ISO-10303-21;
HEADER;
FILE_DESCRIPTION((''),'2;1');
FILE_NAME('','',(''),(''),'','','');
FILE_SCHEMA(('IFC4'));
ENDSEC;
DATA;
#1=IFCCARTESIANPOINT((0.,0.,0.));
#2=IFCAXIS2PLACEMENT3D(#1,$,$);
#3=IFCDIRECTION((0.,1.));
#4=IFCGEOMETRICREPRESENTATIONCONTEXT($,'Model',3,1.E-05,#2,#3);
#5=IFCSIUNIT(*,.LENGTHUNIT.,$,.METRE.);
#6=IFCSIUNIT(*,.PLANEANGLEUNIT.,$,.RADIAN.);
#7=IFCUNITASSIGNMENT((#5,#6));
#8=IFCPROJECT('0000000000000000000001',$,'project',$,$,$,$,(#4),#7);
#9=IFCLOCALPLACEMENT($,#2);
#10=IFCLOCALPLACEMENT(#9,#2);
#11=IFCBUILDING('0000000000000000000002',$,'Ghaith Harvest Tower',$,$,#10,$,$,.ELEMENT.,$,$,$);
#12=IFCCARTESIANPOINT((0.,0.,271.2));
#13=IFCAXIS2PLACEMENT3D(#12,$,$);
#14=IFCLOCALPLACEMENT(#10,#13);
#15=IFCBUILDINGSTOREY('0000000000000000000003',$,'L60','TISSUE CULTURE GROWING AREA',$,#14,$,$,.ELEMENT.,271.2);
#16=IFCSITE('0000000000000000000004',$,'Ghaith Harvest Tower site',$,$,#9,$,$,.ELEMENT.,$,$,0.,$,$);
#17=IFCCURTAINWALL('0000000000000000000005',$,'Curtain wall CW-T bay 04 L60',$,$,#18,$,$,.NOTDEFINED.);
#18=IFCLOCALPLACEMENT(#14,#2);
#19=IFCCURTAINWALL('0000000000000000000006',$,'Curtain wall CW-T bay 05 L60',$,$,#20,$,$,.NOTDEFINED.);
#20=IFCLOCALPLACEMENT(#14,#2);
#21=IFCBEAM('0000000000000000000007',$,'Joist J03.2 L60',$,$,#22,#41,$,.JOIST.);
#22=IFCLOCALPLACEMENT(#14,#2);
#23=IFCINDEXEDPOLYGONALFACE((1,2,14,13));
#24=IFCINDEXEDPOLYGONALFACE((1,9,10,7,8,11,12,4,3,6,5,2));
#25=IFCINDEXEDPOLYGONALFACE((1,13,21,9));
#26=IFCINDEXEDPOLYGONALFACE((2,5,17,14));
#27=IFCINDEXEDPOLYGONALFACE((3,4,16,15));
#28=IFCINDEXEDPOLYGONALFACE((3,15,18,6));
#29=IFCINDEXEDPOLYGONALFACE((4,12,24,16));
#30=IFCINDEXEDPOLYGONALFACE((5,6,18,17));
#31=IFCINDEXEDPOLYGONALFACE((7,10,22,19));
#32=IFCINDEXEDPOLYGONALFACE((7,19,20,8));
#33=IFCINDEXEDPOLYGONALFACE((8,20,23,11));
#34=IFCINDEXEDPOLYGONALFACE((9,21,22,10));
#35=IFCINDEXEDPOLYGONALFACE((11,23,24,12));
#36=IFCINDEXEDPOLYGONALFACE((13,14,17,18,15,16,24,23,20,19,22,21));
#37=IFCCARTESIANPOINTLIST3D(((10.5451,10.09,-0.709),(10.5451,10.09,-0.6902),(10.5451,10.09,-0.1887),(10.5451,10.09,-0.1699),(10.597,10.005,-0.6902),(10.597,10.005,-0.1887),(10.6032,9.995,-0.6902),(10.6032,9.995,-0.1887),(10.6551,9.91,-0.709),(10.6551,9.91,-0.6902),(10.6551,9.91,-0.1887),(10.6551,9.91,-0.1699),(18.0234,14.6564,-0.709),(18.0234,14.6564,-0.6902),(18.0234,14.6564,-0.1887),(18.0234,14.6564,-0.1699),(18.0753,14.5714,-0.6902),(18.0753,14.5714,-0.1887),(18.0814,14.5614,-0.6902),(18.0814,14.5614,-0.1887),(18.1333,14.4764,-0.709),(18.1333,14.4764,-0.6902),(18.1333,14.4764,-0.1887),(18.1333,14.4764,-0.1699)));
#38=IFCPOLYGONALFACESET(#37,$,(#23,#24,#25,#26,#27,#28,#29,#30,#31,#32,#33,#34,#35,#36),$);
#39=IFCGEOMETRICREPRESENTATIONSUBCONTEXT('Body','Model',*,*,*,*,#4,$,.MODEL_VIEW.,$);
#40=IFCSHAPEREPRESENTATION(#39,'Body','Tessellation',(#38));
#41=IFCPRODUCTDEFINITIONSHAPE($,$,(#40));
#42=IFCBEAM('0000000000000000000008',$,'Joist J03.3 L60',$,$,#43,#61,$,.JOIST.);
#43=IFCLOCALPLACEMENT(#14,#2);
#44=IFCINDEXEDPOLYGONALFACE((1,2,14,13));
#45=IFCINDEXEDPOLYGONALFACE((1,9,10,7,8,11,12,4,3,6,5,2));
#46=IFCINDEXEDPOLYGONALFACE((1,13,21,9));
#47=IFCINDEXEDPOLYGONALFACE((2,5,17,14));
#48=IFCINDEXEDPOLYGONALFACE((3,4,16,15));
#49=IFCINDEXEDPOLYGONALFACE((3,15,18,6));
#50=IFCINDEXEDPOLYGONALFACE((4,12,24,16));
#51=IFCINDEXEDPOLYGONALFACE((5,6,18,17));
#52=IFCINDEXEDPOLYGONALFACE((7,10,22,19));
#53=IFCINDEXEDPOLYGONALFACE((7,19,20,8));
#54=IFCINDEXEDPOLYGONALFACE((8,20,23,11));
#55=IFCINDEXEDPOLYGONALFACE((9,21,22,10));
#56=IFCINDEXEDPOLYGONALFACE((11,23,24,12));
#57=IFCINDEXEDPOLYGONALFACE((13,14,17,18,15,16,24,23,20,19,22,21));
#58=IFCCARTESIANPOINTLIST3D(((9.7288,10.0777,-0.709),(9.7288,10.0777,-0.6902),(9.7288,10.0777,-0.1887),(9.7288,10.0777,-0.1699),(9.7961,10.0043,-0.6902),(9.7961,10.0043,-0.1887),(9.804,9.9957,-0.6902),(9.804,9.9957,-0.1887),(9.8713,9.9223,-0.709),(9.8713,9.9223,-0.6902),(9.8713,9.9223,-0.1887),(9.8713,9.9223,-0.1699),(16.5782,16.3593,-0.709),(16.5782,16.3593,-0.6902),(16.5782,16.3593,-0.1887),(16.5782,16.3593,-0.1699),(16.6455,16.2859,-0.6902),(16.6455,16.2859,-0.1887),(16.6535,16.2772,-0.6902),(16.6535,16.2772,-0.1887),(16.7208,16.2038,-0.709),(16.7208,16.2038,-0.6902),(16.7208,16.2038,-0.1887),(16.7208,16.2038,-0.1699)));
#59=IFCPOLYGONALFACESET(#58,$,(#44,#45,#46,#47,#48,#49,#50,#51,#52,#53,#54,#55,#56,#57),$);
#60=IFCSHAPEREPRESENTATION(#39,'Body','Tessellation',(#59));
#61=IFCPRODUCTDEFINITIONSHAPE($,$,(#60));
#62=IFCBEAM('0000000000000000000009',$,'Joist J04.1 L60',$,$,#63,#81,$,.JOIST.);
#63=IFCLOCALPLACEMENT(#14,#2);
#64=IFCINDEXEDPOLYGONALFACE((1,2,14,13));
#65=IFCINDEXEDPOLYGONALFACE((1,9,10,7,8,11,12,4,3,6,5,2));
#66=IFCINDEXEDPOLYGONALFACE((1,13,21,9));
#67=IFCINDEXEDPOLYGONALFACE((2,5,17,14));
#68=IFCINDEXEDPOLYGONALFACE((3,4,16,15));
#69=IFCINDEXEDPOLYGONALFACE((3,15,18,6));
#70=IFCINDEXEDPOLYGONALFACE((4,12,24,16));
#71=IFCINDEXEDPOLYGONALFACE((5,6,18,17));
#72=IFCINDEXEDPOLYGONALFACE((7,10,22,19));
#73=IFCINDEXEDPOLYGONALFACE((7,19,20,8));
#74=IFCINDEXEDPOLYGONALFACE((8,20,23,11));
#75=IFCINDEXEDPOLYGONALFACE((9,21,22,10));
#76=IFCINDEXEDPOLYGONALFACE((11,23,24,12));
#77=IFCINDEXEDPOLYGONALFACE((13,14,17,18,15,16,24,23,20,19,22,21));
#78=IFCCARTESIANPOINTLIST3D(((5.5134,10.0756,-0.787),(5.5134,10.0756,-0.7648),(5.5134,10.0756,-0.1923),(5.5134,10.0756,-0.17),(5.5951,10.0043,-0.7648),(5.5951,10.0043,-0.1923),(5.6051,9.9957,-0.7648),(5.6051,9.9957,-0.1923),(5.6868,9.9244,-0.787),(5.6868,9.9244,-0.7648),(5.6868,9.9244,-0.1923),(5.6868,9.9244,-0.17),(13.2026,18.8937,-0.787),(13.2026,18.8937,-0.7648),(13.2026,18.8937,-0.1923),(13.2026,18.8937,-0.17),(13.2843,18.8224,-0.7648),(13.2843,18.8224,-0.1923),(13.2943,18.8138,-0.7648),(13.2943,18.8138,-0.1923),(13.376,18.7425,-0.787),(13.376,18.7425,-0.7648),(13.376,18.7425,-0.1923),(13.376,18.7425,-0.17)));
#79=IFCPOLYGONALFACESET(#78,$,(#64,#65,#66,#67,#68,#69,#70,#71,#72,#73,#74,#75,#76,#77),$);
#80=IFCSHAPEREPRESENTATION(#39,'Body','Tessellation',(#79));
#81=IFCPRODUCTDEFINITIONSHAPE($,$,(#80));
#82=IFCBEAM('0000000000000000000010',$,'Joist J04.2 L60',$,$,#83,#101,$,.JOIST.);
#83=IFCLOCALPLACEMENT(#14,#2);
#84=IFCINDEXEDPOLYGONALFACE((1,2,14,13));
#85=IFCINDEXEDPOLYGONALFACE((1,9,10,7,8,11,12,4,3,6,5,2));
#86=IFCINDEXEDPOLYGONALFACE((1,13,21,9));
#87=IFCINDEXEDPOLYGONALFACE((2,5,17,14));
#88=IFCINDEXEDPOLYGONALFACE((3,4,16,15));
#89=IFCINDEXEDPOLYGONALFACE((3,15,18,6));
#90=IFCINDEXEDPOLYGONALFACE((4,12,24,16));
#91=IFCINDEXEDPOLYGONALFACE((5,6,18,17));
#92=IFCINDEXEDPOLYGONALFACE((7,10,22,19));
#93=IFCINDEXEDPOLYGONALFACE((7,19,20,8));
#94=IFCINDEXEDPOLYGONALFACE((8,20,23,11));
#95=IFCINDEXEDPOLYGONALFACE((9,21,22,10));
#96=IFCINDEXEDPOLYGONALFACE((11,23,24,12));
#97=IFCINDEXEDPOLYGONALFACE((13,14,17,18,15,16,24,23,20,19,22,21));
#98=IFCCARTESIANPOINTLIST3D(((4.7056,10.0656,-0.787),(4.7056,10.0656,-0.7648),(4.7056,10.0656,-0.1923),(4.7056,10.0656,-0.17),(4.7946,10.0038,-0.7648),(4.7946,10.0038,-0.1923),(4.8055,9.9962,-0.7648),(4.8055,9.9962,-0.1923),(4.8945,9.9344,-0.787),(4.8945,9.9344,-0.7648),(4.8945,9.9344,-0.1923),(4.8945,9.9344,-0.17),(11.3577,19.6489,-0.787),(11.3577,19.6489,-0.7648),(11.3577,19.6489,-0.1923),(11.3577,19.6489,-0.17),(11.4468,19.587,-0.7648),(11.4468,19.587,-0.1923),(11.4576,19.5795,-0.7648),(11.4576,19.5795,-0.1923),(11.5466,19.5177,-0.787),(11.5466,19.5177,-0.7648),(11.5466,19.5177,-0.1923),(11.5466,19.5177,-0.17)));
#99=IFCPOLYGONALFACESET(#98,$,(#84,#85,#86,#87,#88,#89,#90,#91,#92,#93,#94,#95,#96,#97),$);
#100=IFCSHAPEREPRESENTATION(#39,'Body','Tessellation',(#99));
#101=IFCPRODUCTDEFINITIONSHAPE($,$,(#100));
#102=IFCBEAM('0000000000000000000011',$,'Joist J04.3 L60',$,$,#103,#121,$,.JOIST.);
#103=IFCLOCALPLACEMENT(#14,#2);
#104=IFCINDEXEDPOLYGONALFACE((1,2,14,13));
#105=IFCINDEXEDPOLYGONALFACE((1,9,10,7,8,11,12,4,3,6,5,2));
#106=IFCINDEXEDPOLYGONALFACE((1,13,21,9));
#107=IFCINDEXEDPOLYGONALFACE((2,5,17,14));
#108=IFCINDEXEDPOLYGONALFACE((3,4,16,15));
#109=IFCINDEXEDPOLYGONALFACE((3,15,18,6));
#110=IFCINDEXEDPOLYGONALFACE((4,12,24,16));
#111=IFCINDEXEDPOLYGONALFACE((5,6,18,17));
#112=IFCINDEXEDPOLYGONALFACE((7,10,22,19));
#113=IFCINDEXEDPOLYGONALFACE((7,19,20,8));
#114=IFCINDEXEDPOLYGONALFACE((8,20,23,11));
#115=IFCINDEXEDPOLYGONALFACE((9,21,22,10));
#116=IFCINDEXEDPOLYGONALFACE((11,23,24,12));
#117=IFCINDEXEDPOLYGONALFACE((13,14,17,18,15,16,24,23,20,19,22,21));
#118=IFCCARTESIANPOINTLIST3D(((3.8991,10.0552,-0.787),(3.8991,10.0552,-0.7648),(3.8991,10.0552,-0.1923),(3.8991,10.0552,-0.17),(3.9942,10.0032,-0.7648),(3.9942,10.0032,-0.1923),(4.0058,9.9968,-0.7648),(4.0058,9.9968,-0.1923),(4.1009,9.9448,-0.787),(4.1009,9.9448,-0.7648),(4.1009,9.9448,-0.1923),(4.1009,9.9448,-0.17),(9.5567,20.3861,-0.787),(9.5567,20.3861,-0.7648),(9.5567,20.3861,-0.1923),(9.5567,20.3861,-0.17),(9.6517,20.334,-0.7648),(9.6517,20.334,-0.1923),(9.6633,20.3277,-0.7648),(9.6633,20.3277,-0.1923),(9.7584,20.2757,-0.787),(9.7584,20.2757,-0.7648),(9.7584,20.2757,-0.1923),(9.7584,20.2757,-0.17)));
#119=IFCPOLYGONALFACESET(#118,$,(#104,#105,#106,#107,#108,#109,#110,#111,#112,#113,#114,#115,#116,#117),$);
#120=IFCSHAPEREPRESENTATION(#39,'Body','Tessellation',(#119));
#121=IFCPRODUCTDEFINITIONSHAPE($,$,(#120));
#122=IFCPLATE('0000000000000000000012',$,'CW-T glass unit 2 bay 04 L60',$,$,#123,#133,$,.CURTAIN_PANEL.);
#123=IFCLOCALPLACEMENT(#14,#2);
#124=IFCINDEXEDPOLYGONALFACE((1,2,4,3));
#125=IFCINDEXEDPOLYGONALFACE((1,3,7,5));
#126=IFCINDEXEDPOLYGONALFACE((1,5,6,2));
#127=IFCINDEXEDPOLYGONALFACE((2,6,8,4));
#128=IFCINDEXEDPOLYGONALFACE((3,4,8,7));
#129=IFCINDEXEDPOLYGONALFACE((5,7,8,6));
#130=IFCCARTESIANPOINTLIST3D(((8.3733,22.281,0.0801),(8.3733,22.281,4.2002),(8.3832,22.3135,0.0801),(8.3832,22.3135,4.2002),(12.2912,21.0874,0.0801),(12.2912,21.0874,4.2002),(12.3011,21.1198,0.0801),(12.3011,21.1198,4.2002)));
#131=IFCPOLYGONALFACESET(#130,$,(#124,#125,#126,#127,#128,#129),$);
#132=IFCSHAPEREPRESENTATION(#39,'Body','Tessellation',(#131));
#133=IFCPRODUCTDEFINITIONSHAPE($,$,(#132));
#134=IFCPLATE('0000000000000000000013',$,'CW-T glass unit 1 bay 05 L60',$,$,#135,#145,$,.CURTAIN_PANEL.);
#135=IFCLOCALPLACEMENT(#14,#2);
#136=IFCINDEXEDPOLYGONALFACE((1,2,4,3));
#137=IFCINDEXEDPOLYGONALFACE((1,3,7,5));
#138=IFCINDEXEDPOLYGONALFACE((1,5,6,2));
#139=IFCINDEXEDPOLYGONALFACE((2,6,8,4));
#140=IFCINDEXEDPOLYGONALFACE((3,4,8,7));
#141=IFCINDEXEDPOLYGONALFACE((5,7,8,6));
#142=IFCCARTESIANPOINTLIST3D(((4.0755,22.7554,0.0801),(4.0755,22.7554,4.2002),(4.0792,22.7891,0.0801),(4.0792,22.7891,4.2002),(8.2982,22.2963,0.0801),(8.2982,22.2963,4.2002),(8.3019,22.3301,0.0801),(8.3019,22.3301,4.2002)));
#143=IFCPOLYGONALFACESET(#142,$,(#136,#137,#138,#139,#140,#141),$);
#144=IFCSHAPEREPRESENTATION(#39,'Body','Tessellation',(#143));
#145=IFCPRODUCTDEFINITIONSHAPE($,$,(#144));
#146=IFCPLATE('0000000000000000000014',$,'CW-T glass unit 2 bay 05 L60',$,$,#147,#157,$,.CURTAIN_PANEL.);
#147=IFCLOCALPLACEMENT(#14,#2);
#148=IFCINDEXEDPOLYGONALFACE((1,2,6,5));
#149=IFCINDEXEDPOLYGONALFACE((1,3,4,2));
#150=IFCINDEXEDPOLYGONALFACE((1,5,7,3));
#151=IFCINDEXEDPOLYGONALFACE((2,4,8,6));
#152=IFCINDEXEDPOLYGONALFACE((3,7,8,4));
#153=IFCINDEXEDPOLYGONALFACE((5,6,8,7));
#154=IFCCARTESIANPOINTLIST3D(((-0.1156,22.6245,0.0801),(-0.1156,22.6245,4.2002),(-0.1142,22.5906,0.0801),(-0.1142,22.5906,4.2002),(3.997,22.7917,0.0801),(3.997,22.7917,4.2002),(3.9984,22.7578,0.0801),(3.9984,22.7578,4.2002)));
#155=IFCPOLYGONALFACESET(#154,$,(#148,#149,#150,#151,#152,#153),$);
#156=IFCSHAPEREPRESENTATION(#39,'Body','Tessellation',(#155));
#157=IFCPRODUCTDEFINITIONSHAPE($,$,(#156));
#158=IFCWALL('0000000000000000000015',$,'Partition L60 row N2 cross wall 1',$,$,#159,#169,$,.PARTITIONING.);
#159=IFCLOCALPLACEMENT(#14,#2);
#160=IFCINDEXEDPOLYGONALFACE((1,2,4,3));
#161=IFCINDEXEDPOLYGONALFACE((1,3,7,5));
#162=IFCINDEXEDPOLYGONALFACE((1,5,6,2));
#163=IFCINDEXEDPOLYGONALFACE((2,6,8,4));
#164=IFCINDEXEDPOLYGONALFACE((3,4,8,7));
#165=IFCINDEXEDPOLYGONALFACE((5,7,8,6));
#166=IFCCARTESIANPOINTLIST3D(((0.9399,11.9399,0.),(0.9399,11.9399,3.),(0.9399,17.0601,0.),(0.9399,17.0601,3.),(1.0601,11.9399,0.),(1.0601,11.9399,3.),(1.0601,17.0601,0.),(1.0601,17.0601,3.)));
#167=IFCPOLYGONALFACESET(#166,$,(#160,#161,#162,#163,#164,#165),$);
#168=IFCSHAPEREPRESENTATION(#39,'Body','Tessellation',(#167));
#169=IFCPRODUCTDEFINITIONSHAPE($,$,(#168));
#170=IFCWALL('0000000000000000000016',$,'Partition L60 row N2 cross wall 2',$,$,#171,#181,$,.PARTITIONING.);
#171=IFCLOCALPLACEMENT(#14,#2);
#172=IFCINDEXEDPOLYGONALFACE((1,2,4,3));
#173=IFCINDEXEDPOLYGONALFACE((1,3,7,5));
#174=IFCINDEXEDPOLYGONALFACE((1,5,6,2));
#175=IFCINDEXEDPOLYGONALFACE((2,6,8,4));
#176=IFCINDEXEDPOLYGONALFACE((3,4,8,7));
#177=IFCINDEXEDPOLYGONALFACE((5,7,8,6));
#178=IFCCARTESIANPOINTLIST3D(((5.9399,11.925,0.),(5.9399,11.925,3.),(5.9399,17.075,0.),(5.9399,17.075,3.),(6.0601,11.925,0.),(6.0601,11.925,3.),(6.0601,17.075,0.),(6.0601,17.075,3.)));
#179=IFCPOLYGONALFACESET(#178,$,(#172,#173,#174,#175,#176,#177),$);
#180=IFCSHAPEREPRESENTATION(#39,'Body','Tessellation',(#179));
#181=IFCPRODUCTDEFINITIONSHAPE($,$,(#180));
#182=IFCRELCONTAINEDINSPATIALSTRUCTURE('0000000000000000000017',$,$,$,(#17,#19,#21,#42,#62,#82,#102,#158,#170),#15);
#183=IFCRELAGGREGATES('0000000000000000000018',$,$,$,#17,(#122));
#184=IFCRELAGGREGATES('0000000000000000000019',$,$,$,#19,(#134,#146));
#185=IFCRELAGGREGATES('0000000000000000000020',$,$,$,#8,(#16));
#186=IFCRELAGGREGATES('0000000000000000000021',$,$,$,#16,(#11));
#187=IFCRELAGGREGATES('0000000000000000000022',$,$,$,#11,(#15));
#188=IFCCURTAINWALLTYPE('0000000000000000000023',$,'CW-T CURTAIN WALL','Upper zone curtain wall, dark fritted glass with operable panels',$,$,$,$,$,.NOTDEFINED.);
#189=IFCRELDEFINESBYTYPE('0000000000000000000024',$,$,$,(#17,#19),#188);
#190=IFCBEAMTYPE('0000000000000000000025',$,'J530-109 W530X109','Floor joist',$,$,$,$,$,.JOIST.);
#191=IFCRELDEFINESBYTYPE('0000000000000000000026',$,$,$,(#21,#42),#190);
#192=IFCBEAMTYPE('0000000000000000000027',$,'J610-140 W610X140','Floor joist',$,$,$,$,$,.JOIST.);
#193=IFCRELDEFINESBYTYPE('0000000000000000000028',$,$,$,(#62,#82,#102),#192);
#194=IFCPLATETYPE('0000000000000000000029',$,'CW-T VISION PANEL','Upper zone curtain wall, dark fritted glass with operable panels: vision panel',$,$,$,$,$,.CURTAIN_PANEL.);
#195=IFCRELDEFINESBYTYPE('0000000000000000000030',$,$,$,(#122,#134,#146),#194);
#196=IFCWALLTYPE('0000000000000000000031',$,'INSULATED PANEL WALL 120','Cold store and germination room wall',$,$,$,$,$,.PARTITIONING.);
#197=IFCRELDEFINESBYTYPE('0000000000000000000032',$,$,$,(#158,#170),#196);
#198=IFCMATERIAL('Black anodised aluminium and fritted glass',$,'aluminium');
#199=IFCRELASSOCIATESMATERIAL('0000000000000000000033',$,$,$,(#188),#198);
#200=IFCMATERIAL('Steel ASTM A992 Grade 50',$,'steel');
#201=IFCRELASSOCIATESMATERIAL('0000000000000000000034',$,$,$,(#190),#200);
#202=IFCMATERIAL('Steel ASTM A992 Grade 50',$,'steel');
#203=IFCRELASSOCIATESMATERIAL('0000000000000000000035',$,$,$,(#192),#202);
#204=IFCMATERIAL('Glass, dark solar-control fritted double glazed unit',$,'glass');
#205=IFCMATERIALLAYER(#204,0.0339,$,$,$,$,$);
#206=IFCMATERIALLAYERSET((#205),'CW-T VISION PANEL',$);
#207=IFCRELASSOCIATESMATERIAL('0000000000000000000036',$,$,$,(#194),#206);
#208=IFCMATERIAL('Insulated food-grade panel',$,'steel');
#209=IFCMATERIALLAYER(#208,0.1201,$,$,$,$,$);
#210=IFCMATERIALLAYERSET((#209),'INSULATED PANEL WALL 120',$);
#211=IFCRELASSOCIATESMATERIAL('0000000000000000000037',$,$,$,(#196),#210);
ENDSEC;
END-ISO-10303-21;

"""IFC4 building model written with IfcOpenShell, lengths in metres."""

from ifc_helpers import new_model, si_unit, direction, frame, frame_2d, origin, origin_2d, place, context, subcontext, project, spatial, rectangle, i_section, extrude, material, layer, layer_set, material_profile, profile_set, type_object, element, aggregate, save


model = new_model("IFC4")

# Units and contexts
model_context = context("Model", 3, precision=1e-05, world=origin(), true_north=direction((0.0, 1.0)))
body_context = subcontext(model_context, "Body", "Model", "MODEL_VIEW")
ifc_project = project(units=[si_unit("LENGTHUNIT", "METRE"), si_unit("PLANEANGLEUNIT", "RADIAN")], contexts=[model_context])

# Site, building, storey
site_placement = place(None, origin())
site = spatial("IfcSite", under=ifc_project, at=site_placement, Name="Ghaith Harvest Tower site", CompositionType="ELEMENT", RefElevation=0.0)
building_placement = place(site_placement, origin())
building = spatial("IfcBuilding", under=site, at=building_placement, Name="Ghaith Harvest Tower", CompositionType="ELEMENT")
storey_placement = place(building_placement, frame((0.0, 0.0, 271.2)))
storey = spatial("IfcBuildingStorey", under=building, at=storey_placement, Name="L60", Description="TISSUE CULTURE GROWING AREA", CompositionType="ELEMENT", Elevation=271.2)

# Curtain wall
ifc_material_1 = material(Name="Black anodised aluminium and fritted glass", Category="aluminium")
curtain_wall_type = type_object("IfcCurtainWallType", Name="CW-T CURTAIN WALL", Description="Upper zone curtain wall, dark fritted glass with operable panels", PredefinedType="NOTDEFINED", material=ifc_material_1)
curtain_wall_1_placement = place(storey_placement, origin())
curtain_wall_1 = element("IfcCurtainWall", 1, at=curtain_wall_1_placement, inside=storey, type_object=curtain_wall_type, Name="Curtain wall CW-T bay 04 L60", PredefinedType="NOTDEFINED")

# Curtain wall
curtain_wall_2_placement = place(storey_placement, origin())
curtain_wall_2 = element("IfcCurtainWall", 2, at=curtain_wall_2_placement, inside=storey, type_object=curtain_wall_type, Name="Curtain wall CW-T bay 05 L60", PredefinedType="NOTDEFINED")

# Beams
ifc_material_2 = material(Name="Steel ASTM A992 Grade 50", Category="steel")
ifc_material_profile_1 = material_profile(ifc_material_2, i_section(OverallWidth=0.2109, OverallDepth=0.5391, WebThickness=0.0117, FlangeThickness=0.0188, at=origin_2d()), Name="W530X109")
ifc_profile_set_1 = profile_set([ifc_material_profile_1], Name="Steel ASTM A992 Grade 50")
beam_type_1 = type_object("IfcBeamType", Name="J530-109 W530X109", Description="Floor joist", PredefinedType="JOIST", material=ifc_profile_set_1)
beam_1_placement = place(storey_placement, frame((10.6001, 10.0, -0.4395), z_axis=(0.853467, 0.521147, 0.0), x_axis=(-0.521147, 0.853467, 0.0)))
element("IfcBeam", 3, at=beam_1_placement, inside=storey, type_object=beam_type_1, Name="Joist J03.2 L60", PredefinedType="JOIST", context=body_context, shape_type="SweptSolid", body=[
    extrude(i_section(OverallWidth=0.2109, OverallDepth=0.5391, WebThickness=0.0117, FlangeThickness=0.0188, at=origin_2d()), origin(), (0.0, 0.0, 1.0), 8.7622),
])
beam_2_placement = place(storey_placement, frame((9.8, 10.0, -0.4395), z_axis=(0.736998, 0.675895, 0.0), x_axis=(-0.675895, 0.736998, 0.0)))
element("IfcBeam", 4, at=beam_2_placement, inside=storey, type_object=beam_type_1, Name="Joist J03.3 L60", PredefinedType="JOIST", context=body_context, shape_type="SweptSolid", body=[
    extrude(i_section(OverallWidth=0.2109, OverallDepth=0.5391, WebThickness=0.0117, FlangeThickness=0.0188, at=origin_2d()), origin(), (0.0, 0.0, 1.0), 9.2937),
])
ifc_material_3 = material(Name="Steel ASTM A992 Grade 50", Category="steel")
ifc_material_profile_2 = material_profile(ifc_material_3, i_section(OverallWidth=0.23, OverallDepth=0.6169, WebThickness=0.0132, FlangeThickness=0.0222, at=origin_2d()), Name="W610X140")
ifc_profile_set_2 = profile_set([ifc_material_profile_2], Name="Steel ASTM A992 Grade 50")
beam_type_2 = type_object("IfcBeamType", Name="J610-140 W610X140", Description="Floor joist", PredefinedType="JOIST", material=ifc_profile_set_2)
beam_3_placement = place(storey_placement, frame((5.6001, 10.0, -0.4785), z_axis=(0.657214, 0.753704, 0.0), x_axis=(-0.753704, 0.657214, 0.0)))
element("IfcBeam", 5, at=beam_3_placement, inside=storey, type_object=beam_type_2, Name="Joist J04.1 L60", PredefinedType="JOIST", context=body_context, shape_type="SweptSolid", body=[
    extrude(i_section(OverallWidth=0.23, OverallDepth=0.6169, WebThickness=0.0132, FlangeThickness=0.0222, at=origin_2d()), origin(), (0.0, 0.0, 1.0), 11.6997),
])
beam_4_placement = place(storey_placement, frame((4.8, 10.0, -0.4785), z_axis=(0.570226, 0.821488, 0.0), x_axis=(-0.821488, 0.570226, 0.0)))
element("IfcBeam", 6, at=beam_4_placement, inside=storey, type_object=beam_type_2, Name="Joist J04.2 L60", PredefinedType="JOIST", context=body_context, shape_type="SweptSolid", body=[
    extrude(i_section(OverallWidth=0.23, OverallDepth=0.6169, WebThickness=0.0132, FlangeThickness=0.0222, at=origin_2d()), origin(), (0.0, 0.0, 1.0), 11.6658),
])
beam_5_placement = place(storey_placement, frame((4.0, 10.0, -0.4785), z_axis=(0.480323, 0.877092, 0.0), x_axis=(-0.877092, 0.480323, 0.0)))
element("IfcBeam", 7, at=beam_5_placement, inside=storey, type_object=beam_type_2, Name="Joist J04.3 L60", PredefinedType="JOIST", context=body_context, shape_type="SweptSolid", body=[
    extrude(i_section(OverallWidth=0.23, OverallDepth=0.6169, WebThickness=0.0132, FlangeThickness=0.0222, at=origin_2d()), origin(), (0.0, 0.0, 1.0), 11.7786),
])

# Plates
ifc_material_4 = material(Name="Glass, dark solar-control fritted double glazed unit", Category="glass")
ifc_layer_1 = layer(ifc_material_4, 0.0339)
ifc_layer_set_1 = layer_set([ifc_layer_1], Name="CW-T VISION PANEL")
plate_type = type_object("IfcPlateType", Name="CW-T VISION PANEL", Description="Upper zone curtain wall, dark fritted glass with operable panels: vision panel", PredefinedType="CURTAIN_PANEL", material=ifc_layer_set_1)
plate_1_placement = place(storey_placement, frame((10.3372, 21.7004, 0.0801), z_axis=(0.0, 0.0, 1.0), x_axis=(-0.956588, 0.291445, 0.0)))
plate_1 = element("IfcPlate", 8, at=plate_1_placement, type_object=plate_type, Name="CW-T glass unit 2 bay 04 L60", PredefinedType="CURTAIN_PANEL", context=body_context, shape_type="SweptSolid", body=[
    extrude(rectangle(XDim=4.0957, YDim=0.0339, at=origin_2d()), origin(), (0.0, 0.0, 1.0), 4.1201),
])
aggregate(curtain_wall_1, [plate_1])
plate_2_placement = place(storey_placement, frame((6.1887, 22.5427, 0.0801), z_axis=(0.0, 0.0, 1.0), x_axis=(-0.994143, 0.108074, 0.0)))
plate_2 = element("IfcPlate", 9, at=plate_2_placement, type_object=plate_type, Name="CW-T glass unit 1 bay 05 L60", PredefinedType="CURTAIN_PANEL", context=body_context, shape_type="SweptSolid", body=[
    extrude(rectangle(XDim=4.2476, YDim=0.0339, at=origin_2d()), origin(), (0.0, 0.0, 1.0), 4.1201),
])
plate_3_placement = place(storey_placement, frame((1.9414, 22.6912, 0.0801), z_axis=(0.0, 0.0, 1.0), x_axis=(-0.999174, -0.040638, 0.0)))
plate_3 = element("IfcPlate", 10, at=plate_3_placement, type_object=plate_type, Name="CW-T glass unit 2 bay 05 L60", PredefinedType="CURTAIN_PANEL", context=body_context, shape_type="SweptSolid", body=[
    extrude(rectangle(XDim=4.116, YDim=0.0339, at=origin_2d()), origin(), (0.0, 0.0, 1.0), 4.1201),
])
aggregate(curtain_wall_2, [plate_2, plate_3])

# Walls
ifc_material_5 = material(Name="Insulated food-grade panel", Category="steel")
ifc_layer_2 = layer(ifc_material_5, 0.1201)
ifc_layer_set_2 = layer_set([ifc_layer_2], Name="INSULATED PANEL WALL 120")
wall_type_1 = type_object("IfcWallType", Name="INSULATED PANEL WALL 120", Description="Cold store and germination room wall", PredefinedType="PARTITIONING", material=ifc_layer_set_2)
wall_1_placement = place(storey_placement, frame((1.0, 11.9399, 0.0), z_axis=(0.0, 0.0, 1.0), x_axis=(0.0, 1.0, 0.0)))
element("IfcWall", 11, at=wall_1_placement, inside=storey, type_object=wall_type_1, Name="Partition L60 row N2 cross wall 1", PredefinedType="PARTITIONING", context=body_context, shape_type="SweptSolid", body=[
    extrude(rectangle(XDim=5.1201, YDim=0.1201, at=frame_2d((2.5601, 0.0))), origin(), (0.0, 0.0, 1.0), 3.0),
])
wall_2_placement = place(storey_placement, frame((6.0, 11.925, 0.0), z_axis=(0.0, 0.0, 1.0), x_axis=(0.0, 1.0, 0.0)))
element("IfcWall", 12, at=wall_2_placement, inside=storey, type_object=wall_type_1, Name="Partition L60 row N2 cross wall 2", PredefinedType="PARTITIONING", context=body_context, shape_type="SweptSolid", body=[
    extrude(rectangle(XDim=5.1499, YDim=0.1201, at=frame_2d((2.575, 0.0))), origin(), (0.0, 0.0, 1.0), 3.0),
])

save(model, "model.ifc")
